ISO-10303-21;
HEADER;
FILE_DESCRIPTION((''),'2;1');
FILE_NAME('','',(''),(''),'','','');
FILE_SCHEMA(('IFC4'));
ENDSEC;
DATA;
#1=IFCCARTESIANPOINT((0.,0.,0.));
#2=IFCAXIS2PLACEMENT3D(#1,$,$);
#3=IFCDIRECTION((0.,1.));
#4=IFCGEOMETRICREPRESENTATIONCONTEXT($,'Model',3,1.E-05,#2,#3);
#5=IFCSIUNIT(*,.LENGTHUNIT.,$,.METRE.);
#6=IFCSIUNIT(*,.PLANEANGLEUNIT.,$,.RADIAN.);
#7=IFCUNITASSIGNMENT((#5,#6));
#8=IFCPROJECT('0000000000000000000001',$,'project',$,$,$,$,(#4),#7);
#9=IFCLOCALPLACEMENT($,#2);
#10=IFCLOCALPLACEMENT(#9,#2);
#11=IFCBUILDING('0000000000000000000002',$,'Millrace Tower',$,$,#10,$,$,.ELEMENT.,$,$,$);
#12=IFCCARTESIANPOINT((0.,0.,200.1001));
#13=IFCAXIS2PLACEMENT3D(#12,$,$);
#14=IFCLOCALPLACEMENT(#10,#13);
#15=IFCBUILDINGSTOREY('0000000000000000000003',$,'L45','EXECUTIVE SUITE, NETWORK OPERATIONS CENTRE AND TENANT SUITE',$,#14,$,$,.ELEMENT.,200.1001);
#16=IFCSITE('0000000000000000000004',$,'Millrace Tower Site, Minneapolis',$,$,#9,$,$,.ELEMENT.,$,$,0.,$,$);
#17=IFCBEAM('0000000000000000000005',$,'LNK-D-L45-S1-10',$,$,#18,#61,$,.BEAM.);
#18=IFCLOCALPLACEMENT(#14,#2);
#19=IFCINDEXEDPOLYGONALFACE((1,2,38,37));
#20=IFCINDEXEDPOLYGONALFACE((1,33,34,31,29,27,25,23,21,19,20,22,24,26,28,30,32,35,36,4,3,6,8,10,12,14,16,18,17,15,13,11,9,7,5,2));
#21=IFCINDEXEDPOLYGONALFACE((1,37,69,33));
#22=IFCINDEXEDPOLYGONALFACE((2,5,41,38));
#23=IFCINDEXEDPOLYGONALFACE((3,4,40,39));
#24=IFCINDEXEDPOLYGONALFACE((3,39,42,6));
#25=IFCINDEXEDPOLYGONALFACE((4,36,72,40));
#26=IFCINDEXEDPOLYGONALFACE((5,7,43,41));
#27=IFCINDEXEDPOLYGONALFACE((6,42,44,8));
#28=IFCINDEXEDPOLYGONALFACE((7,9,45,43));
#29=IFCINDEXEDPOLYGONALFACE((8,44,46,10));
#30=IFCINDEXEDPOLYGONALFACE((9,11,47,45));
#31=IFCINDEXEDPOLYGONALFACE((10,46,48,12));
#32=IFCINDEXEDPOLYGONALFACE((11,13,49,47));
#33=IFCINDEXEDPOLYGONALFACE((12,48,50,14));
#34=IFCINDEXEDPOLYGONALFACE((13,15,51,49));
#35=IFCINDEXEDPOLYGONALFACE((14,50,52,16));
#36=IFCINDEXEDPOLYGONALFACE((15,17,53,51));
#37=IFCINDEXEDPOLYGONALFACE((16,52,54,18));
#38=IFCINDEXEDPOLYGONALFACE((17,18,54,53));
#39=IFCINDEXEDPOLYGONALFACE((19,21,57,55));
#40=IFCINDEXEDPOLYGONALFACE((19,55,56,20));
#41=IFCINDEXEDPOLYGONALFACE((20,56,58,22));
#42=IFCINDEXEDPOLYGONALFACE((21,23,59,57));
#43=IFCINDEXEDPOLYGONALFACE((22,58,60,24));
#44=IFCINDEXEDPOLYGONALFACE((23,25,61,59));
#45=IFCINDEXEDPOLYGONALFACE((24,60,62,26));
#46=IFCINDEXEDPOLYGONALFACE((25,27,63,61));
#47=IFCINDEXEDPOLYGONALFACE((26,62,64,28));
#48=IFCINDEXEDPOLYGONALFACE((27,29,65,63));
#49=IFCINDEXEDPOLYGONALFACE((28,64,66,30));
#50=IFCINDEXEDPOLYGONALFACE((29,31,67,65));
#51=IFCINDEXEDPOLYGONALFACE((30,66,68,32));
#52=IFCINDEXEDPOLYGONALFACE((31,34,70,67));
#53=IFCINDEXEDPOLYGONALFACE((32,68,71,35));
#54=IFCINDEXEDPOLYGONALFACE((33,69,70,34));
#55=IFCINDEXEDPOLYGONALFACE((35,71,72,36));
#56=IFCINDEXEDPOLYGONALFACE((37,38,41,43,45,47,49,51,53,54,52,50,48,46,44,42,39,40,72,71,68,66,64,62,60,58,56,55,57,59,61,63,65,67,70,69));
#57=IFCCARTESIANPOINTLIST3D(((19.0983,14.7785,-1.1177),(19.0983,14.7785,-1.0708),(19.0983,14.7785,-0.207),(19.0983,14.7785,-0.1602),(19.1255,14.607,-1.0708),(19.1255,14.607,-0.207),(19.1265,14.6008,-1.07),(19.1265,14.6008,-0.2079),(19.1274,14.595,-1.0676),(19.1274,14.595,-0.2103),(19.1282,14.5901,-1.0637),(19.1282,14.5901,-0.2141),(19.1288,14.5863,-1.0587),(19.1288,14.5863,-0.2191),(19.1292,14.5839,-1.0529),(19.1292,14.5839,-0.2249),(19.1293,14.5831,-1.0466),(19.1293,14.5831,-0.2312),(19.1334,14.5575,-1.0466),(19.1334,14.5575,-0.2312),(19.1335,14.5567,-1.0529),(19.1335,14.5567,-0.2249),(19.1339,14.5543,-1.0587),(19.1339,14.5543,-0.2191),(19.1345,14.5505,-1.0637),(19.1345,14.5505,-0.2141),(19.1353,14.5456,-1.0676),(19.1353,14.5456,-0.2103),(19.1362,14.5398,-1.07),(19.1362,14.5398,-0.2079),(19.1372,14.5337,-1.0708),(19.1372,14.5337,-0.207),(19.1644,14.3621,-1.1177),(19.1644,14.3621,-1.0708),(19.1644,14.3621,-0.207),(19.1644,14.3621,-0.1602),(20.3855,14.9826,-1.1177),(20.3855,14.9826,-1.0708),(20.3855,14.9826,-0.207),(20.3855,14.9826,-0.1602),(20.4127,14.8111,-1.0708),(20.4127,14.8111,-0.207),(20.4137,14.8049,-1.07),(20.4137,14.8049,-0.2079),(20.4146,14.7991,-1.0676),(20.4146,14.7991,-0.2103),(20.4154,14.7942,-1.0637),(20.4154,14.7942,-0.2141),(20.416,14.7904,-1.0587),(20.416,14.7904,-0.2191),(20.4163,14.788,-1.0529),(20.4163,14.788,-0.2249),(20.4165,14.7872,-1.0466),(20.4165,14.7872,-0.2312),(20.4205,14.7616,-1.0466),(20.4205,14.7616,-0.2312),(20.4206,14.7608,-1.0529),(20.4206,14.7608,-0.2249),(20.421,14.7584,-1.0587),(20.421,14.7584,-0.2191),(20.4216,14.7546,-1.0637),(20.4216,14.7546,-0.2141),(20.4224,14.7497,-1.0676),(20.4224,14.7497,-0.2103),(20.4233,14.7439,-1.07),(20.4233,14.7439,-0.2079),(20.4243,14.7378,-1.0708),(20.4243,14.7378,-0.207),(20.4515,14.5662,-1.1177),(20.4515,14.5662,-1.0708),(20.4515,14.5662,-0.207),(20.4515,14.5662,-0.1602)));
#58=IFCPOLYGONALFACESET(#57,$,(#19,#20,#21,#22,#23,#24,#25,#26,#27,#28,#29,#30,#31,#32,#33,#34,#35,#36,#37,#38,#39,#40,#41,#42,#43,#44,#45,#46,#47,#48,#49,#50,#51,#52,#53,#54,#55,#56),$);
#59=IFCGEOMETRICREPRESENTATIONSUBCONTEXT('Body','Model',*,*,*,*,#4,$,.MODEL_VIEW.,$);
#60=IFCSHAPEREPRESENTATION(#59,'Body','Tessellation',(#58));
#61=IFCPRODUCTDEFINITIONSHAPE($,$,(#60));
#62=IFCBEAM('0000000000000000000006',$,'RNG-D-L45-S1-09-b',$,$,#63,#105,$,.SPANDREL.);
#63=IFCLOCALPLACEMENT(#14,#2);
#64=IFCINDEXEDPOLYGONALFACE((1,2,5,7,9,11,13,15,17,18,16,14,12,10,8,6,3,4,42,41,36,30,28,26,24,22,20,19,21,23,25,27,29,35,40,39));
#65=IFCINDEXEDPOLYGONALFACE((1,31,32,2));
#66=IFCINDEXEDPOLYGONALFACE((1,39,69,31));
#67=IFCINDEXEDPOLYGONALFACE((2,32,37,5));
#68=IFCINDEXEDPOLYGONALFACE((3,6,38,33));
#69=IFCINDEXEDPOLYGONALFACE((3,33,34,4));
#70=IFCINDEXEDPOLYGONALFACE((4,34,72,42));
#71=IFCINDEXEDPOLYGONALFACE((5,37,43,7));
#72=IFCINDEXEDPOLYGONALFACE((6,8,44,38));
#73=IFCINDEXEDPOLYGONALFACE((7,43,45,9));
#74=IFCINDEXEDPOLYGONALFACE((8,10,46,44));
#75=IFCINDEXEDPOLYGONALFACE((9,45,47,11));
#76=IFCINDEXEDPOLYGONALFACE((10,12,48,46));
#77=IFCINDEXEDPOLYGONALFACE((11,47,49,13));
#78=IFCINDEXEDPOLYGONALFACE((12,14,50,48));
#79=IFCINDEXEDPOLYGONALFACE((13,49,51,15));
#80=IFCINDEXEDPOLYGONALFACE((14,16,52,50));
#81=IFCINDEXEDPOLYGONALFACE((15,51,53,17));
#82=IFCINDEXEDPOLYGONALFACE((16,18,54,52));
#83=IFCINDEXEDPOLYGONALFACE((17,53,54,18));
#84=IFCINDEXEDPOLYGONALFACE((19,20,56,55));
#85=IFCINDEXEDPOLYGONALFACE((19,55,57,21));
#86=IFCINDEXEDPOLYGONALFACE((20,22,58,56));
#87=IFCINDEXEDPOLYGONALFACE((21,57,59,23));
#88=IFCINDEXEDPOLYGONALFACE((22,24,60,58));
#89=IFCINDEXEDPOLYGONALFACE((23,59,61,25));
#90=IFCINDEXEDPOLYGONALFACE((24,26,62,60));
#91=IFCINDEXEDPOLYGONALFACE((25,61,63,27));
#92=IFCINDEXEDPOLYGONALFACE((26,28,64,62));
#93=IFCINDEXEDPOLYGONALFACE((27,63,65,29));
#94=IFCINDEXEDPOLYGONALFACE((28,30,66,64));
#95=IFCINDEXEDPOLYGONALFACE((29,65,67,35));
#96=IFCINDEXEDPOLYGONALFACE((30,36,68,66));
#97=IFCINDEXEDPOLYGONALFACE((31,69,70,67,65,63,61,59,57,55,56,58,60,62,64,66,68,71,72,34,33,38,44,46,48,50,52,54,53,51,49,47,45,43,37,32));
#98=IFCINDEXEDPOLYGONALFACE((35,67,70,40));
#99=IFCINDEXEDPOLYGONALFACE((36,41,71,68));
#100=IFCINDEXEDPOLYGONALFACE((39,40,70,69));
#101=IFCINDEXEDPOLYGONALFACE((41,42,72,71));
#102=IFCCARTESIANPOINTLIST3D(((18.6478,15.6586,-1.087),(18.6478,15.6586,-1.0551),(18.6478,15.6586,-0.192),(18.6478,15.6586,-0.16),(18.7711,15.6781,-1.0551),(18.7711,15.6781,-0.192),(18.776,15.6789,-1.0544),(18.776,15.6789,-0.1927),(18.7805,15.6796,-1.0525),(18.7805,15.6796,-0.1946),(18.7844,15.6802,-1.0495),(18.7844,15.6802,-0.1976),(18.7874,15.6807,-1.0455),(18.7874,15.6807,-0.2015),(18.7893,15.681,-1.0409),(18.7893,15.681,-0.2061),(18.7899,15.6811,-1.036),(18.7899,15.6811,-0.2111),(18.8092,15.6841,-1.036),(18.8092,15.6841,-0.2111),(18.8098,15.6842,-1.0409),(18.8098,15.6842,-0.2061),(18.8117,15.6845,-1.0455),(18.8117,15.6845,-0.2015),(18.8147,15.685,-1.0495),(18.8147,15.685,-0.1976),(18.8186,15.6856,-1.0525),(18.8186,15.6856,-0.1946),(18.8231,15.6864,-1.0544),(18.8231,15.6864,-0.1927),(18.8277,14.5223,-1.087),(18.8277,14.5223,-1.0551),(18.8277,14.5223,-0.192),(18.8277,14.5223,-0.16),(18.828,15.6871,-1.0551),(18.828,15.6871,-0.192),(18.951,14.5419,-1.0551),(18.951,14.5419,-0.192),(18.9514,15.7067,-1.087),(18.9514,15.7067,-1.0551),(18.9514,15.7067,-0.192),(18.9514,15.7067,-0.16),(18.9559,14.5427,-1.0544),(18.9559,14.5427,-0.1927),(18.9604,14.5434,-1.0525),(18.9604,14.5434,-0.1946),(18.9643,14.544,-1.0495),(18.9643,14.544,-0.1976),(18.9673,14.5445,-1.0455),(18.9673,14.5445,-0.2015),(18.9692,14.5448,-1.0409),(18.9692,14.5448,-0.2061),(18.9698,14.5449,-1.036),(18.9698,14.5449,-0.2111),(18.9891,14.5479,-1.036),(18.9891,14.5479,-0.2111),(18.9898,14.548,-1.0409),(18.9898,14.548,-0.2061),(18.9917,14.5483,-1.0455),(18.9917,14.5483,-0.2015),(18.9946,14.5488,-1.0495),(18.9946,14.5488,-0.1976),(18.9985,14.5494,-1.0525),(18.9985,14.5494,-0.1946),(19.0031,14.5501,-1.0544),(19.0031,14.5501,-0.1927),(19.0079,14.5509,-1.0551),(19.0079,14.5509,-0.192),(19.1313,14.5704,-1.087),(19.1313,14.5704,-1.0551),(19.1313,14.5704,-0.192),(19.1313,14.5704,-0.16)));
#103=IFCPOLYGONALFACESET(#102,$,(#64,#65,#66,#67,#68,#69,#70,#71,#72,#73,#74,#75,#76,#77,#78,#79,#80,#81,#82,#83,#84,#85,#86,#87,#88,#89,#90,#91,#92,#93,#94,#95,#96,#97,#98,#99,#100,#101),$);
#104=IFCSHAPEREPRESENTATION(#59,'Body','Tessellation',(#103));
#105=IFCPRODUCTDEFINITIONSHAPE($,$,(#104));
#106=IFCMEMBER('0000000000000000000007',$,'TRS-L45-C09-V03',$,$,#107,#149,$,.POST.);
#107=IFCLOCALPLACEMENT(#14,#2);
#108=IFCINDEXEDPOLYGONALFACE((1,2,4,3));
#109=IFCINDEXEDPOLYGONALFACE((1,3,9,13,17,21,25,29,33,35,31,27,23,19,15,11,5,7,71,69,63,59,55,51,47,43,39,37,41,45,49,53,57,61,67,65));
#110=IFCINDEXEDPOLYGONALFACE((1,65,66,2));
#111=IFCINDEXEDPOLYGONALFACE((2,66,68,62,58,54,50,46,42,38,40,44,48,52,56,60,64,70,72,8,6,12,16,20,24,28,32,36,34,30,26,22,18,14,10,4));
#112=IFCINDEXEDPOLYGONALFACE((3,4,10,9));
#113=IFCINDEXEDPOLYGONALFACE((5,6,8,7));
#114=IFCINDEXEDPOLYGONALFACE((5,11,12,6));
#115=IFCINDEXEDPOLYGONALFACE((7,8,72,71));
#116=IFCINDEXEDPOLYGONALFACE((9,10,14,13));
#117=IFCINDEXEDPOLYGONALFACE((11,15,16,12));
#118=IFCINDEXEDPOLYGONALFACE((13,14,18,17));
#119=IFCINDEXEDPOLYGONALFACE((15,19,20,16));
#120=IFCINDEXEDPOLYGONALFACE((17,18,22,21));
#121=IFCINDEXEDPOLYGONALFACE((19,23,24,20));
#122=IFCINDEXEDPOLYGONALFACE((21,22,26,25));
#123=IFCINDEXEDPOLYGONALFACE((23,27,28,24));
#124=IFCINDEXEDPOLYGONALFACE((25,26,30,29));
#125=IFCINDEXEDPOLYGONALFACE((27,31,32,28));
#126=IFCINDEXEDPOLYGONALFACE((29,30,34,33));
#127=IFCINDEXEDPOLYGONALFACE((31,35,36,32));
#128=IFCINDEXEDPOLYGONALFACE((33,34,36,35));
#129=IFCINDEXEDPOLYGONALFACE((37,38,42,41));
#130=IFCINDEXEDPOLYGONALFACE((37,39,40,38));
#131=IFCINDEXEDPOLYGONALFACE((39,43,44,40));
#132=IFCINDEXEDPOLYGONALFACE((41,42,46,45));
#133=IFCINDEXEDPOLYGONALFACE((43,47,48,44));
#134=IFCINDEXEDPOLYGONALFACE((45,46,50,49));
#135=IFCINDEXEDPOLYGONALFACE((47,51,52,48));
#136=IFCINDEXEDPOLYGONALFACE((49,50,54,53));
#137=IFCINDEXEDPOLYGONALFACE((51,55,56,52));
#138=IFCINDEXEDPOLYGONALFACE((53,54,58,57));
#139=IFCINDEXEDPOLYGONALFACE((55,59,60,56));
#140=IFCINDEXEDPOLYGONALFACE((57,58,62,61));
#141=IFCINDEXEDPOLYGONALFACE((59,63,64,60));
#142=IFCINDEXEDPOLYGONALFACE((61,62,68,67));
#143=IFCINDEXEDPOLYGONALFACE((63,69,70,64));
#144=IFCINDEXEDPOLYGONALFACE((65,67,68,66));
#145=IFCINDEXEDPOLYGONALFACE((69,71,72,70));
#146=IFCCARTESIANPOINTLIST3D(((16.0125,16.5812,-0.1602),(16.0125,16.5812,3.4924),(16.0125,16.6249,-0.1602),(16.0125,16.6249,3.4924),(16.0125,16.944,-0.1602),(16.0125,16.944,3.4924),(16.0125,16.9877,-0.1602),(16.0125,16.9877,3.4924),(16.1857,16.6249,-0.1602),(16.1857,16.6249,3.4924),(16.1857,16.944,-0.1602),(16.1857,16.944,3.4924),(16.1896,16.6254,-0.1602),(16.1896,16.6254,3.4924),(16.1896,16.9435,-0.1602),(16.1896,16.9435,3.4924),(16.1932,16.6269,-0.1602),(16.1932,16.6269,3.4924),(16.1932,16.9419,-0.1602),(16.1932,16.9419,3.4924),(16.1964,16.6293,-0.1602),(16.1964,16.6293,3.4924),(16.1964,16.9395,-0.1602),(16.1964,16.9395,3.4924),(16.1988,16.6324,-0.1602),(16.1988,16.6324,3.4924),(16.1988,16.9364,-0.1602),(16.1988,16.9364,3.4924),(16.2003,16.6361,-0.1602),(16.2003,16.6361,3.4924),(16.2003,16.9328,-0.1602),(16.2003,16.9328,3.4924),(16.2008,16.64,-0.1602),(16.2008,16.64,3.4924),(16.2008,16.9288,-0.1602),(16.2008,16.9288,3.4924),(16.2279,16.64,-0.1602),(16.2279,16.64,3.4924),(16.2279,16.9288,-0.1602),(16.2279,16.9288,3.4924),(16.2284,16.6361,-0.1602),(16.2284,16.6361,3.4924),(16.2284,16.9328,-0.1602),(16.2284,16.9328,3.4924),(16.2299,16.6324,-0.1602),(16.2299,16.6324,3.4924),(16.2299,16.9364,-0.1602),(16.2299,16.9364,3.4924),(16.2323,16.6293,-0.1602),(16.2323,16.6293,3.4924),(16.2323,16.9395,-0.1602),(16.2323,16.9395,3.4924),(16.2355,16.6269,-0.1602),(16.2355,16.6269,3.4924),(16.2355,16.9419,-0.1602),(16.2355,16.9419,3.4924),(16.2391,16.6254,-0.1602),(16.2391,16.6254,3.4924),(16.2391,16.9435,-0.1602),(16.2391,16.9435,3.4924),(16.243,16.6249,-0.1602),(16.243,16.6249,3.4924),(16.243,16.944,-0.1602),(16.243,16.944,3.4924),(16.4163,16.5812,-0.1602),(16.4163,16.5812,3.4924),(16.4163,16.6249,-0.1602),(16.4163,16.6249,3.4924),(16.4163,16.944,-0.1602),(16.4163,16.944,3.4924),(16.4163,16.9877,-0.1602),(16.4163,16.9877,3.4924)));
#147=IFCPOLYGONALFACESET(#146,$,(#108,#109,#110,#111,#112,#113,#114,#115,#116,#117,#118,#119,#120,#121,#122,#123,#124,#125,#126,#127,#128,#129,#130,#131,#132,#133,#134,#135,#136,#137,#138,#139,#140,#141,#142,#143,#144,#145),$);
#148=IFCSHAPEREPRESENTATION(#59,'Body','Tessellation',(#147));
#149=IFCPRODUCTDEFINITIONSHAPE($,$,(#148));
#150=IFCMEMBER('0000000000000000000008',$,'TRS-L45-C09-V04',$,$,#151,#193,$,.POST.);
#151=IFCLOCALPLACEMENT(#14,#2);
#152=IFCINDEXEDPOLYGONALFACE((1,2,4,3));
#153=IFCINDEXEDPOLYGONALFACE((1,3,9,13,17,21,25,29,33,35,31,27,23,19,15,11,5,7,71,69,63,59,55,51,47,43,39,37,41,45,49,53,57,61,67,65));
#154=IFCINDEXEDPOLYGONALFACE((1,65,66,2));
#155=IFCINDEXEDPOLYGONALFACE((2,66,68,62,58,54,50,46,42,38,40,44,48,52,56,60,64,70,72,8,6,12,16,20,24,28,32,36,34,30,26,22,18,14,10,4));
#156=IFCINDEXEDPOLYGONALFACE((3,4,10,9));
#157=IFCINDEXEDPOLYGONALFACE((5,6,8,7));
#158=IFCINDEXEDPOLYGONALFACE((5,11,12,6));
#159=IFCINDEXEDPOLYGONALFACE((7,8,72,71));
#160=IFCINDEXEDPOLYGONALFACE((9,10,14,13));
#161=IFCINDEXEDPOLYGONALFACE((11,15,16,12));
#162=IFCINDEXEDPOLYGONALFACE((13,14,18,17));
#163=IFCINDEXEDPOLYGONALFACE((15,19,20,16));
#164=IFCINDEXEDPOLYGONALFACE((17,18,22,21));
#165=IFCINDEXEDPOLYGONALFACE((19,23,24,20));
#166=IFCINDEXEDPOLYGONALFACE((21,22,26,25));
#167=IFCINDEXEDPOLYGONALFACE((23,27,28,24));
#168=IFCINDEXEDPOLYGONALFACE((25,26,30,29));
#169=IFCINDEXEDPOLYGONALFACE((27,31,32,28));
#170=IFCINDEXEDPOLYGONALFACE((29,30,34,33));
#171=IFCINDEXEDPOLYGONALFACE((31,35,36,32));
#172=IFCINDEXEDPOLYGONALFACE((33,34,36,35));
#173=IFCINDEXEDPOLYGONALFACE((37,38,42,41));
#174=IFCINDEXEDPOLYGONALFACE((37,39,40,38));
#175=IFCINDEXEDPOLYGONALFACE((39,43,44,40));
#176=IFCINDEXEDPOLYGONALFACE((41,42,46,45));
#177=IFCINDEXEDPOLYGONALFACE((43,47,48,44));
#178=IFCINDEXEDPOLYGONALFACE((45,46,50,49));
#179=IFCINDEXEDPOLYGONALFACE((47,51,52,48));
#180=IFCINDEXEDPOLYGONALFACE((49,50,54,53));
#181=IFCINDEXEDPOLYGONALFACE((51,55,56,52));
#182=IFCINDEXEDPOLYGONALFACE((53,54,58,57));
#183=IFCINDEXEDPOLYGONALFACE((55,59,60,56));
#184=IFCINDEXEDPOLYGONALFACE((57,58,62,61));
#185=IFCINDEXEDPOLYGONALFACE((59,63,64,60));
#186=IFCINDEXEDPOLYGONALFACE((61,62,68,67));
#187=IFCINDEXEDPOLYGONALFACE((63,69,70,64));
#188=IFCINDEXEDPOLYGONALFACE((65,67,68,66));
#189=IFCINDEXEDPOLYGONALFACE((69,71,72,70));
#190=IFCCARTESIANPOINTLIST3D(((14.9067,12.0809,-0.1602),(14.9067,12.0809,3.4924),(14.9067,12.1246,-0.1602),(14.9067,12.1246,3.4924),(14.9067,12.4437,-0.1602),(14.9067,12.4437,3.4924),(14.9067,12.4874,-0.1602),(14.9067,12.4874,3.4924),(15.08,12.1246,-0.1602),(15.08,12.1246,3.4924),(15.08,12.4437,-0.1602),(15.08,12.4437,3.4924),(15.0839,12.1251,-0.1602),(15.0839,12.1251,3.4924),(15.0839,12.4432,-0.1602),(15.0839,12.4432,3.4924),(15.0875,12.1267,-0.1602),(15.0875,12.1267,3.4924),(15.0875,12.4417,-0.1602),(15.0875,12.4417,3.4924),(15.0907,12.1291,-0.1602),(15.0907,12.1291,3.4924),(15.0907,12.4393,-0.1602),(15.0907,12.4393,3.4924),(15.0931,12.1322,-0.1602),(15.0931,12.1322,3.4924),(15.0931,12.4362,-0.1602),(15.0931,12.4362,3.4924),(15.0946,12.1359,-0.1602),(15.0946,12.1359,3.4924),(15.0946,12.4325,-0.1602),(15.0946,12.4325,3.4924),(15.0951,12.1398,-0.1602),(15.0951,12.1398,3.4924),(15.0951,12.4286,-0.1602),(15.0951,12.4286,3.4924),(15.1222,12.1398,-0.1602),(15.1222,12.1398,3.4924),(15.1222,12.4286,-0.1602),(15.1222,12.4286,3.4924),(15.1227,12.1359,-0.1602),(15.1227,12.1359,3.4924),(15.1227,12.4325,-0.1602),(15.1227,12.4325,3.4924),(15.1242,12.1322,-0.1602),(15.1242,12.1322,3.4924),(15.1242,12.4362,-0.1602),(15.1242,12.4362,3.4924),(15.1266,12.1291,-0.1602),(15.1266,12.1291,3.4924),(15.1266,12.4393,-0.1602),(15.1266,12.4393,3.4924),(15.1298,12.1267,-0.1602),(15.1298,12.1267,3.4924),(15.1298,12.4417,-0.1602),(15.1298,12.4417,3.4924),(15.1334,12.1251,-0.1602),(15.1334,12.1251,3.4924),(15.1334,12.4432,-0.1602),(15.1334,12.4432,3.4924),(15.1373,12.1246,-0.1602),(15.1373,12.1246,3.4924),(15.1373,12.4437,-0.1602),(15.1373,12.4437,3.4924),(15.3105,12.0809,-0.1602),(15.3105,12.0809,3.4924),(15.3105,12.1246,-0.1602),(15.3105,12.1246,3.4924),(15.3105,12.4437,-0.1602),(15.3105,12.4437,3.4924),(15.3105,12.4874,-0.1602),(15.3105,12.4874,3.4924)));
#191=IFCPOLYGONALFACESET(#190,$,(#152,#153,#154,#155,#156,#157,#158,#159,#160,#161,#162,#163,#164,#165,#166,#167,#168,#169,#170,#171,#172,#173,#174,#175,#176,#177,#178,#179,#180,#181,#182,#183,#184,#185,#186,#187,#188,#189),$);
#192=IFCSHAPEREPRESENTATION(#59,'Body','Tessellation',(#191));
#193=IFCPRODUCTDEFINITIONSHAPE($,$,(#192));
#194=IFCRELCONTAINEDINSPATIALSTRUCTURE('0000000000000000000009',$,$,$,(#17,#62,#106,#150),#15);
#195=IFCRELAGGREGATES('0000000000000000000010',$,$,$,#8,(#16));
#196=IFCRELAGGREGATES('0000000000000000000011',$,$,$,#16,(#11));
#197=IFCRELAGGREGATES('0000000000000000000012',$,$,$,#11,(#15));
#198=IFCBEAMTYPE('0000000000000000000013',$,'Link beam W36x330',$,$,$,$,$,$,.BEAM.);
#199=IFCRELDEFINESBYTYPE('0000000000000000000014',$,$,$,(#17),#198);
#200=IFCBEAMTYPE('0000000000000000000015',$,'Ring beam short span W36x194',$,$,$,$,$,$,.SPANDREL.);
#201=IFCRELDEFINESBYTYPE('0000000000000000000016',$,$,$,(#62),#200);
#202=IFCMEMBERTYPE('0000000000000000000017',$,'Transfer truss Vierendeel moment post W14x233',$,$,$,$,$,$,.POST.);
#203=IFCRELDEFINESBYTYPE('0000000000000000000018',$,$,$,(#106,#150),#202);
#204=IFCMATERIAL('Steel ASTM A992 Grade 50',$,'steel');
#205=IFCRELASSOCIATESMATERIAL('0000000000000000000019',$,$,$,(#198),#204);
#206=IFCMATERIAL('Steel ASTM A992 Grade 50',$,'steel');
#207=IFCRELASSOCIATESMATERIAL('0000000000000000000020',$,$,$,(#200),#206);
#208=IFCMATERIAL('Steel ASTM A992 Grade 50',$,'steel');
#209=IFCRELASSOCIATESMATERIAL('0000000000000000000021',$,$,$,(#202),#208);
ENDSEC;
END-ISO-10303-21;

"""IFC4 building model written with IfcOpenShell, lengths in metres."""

from ifc_helpers import new_model, si_unit, direction, frame, origin, origin_2d, place, context, subcontext, project, spatial, i_section, extrude, material, material_profile, profile_set, type_object, element, save


model = new_model("IFC4")

# Units and contexts
model_context = context("Model", 3, precision=1e-05, world=origin(), true_north=direction((0.0, 1.0)))
body_context = subcontext(model_context, "Body", "Model", "MODEL_VIEW")
ifc_project = project(units=[si_unit("LENGTHUNIT", "METRE"), si_unit("PLANEANGLEUNIT", "RADIAN")], contexts=[model_context])

# Site, building, storey
site_placement = place(None, origin())
site = spatial("IfcSite", under=ifc_project, at=site_placement, Name="Millrace Tower Site, Minneapolis", CompositionType="ELEMENT", RefElevation=0.0)
building_placement = place(site_placement, origin())
building = spatial("IfcBuilding", under=site, at=building_placement, Name="Millrace Tower", CompositionType="ELEMENT")
storey_placement = place(building_placement, frame((0.0, 0.0, 200.1001)))
storey = spatial("IfcBuildingStorey", under=building, at=storey_placement, Name="L45", Description="EXECUTIVE SUITE, NETWORK OPERATIONS CENTRE AND TENANT SUITE", CompositionType="ELEMENT", Elevation=200.1001)

# Beams
ifc_material_1 = material(Name="Steel ASTM A992 Grade 50", Category="steel")
ifc_material_profile_1 = material_profile(ifc_material_1, i_section(OverallWidth=0.4216, OverallDepth=0.9575, WebThickness=0.0259, FlangeThickness=0.0469, FilletRadius=0.0242, at=origin_2d()))
ifc_profile_set_1 = profile_set([ifc_material_profile_1], Name="Steel ASTM A992 Grade 50")
beam_type_1 = type_object("IfcBeamType", Name="Link beam W36x330", PredefinedType="BEAM", material=ifc_profile_set_1)
beam_1_placement = place(storey_placement, frame((19.1313, 14.5703, -0.6389), z_axis=(0.987659, 0.156617, 0.0), x_axis=(-0.156617, 0.987659, 0.0)))
element("IfcBeam", 1, at=beam_1_placement, inside=storey, type_object=beam_type_1, Name="LNK-D-L45-S1-10", PredefinedType="BEAM", context=body_context, shape_type="SweptSolid", body=[
    extrude(i_section(OverallWidth=0.4216, OverallDepth=0.9575, WebThickness=0.0259, FlangeThickness=0.0469, FilletRadius=0.0242, at=origin_2d()), origin(), (0.0, 0.0, 1.0), 1.3032),
])
ifc_material_2 = material(Name="Steel ASTM A992 Grade 50", Category="steel")
ifc_material_profile_2 = material_profile(ifc_material_2, i_section(OverallWidth=0.3074, OverallDepth=0.927, WebThickness=0.0195, FlangeThickness=0.032, FilletRadius=0.019, at=origin_2d()))
ifc_profile_set_2 = profile_set([ifc_material_profile_2], Name="Steel ASTM A992 Grade 50")
beam_type_2 = type_object("IfcBeamType", Name="Ring beam short span W36x194", PredefinedType="SPANDREL", material=ifc_profile_set_2)
beam_2_placement = place(storey_placement, frame((18.7996, 15.6826, -0.6235), z_axis=(0.156409, -0.987692, 0.0), x_axis=(0.987692, 0.156409, 0.0)))
element("IfcBeam", 2, at=beam_2_placement, inside=storey, type_object=beam_type_2, Name="RNG-D-L45-S1-09-b", PredefinedType="SPANDREL", context=body_context, shape_type="SweptSolid", body=[
    extrude(i_section(OverallWidth=0.3074, OverallDepth=0.927, WebThickness=0.0195, FlangeThickness=0.032, FilletRadius=0.019, at=origin_2d()), origin(), (0.0, 0.0, 1.0), 1.1504),
])

# Members
ifc_material_3 = material(Name="Steel ASTM A992 Grade 50", Category="steel")
ifc_material_profile_3 = material_profile(ifc_material_3, i_section(OverallWidth=0.4038, OverallDepth=0.4065, WebThickness=0.0271, FlangeThickness=0.0437, FilletRadius=0.0151, at=origin_2d()))
ifc_profile_set_3 = profile_set([ifc_material_profile_3], Name="Steel ASTM A992 Grade 50")
member_type_1 = type_object("IfcMemberType", Name="Transfer truss Vierendeel moment post W14x233", PredefinedType="POST", material=ifc_profile_set_3)
for number, where, z_axis, x_axis, name in (
    (3, (16.2144, 16.7844, -0.1602), (0.0, 0.0, 1.0), (1.0, 0.0, 0.0), "TRS-L45-C09-V03"),
    (4, (15.1086, 12.2842, -0.1602), (0.0, 0.0, 1.0), (1.0, 0.0, 0.0), "TRS-L45-C09-V04"),
):
    element("IfcMember", number, at=place(storey_placement, frame(where, z_axis=z_axis, x_axis=x_axis)), inside=storey, type_object=member_type_1, Name=name, PredefinedType="POST", context=body_context, shape_type="SweptSolid", body=[
        extrude(i_section(OverallWidth=0.4038, OverallDepth=0.4065, WebThickness=0.0271, FlangeThickness=0.0437, FilletRadius=0.0151, at=origin_2d()), origin(), (0.0, 0.0, 1.0), 3.6526),
    ])

save(model, "model.ifc")
